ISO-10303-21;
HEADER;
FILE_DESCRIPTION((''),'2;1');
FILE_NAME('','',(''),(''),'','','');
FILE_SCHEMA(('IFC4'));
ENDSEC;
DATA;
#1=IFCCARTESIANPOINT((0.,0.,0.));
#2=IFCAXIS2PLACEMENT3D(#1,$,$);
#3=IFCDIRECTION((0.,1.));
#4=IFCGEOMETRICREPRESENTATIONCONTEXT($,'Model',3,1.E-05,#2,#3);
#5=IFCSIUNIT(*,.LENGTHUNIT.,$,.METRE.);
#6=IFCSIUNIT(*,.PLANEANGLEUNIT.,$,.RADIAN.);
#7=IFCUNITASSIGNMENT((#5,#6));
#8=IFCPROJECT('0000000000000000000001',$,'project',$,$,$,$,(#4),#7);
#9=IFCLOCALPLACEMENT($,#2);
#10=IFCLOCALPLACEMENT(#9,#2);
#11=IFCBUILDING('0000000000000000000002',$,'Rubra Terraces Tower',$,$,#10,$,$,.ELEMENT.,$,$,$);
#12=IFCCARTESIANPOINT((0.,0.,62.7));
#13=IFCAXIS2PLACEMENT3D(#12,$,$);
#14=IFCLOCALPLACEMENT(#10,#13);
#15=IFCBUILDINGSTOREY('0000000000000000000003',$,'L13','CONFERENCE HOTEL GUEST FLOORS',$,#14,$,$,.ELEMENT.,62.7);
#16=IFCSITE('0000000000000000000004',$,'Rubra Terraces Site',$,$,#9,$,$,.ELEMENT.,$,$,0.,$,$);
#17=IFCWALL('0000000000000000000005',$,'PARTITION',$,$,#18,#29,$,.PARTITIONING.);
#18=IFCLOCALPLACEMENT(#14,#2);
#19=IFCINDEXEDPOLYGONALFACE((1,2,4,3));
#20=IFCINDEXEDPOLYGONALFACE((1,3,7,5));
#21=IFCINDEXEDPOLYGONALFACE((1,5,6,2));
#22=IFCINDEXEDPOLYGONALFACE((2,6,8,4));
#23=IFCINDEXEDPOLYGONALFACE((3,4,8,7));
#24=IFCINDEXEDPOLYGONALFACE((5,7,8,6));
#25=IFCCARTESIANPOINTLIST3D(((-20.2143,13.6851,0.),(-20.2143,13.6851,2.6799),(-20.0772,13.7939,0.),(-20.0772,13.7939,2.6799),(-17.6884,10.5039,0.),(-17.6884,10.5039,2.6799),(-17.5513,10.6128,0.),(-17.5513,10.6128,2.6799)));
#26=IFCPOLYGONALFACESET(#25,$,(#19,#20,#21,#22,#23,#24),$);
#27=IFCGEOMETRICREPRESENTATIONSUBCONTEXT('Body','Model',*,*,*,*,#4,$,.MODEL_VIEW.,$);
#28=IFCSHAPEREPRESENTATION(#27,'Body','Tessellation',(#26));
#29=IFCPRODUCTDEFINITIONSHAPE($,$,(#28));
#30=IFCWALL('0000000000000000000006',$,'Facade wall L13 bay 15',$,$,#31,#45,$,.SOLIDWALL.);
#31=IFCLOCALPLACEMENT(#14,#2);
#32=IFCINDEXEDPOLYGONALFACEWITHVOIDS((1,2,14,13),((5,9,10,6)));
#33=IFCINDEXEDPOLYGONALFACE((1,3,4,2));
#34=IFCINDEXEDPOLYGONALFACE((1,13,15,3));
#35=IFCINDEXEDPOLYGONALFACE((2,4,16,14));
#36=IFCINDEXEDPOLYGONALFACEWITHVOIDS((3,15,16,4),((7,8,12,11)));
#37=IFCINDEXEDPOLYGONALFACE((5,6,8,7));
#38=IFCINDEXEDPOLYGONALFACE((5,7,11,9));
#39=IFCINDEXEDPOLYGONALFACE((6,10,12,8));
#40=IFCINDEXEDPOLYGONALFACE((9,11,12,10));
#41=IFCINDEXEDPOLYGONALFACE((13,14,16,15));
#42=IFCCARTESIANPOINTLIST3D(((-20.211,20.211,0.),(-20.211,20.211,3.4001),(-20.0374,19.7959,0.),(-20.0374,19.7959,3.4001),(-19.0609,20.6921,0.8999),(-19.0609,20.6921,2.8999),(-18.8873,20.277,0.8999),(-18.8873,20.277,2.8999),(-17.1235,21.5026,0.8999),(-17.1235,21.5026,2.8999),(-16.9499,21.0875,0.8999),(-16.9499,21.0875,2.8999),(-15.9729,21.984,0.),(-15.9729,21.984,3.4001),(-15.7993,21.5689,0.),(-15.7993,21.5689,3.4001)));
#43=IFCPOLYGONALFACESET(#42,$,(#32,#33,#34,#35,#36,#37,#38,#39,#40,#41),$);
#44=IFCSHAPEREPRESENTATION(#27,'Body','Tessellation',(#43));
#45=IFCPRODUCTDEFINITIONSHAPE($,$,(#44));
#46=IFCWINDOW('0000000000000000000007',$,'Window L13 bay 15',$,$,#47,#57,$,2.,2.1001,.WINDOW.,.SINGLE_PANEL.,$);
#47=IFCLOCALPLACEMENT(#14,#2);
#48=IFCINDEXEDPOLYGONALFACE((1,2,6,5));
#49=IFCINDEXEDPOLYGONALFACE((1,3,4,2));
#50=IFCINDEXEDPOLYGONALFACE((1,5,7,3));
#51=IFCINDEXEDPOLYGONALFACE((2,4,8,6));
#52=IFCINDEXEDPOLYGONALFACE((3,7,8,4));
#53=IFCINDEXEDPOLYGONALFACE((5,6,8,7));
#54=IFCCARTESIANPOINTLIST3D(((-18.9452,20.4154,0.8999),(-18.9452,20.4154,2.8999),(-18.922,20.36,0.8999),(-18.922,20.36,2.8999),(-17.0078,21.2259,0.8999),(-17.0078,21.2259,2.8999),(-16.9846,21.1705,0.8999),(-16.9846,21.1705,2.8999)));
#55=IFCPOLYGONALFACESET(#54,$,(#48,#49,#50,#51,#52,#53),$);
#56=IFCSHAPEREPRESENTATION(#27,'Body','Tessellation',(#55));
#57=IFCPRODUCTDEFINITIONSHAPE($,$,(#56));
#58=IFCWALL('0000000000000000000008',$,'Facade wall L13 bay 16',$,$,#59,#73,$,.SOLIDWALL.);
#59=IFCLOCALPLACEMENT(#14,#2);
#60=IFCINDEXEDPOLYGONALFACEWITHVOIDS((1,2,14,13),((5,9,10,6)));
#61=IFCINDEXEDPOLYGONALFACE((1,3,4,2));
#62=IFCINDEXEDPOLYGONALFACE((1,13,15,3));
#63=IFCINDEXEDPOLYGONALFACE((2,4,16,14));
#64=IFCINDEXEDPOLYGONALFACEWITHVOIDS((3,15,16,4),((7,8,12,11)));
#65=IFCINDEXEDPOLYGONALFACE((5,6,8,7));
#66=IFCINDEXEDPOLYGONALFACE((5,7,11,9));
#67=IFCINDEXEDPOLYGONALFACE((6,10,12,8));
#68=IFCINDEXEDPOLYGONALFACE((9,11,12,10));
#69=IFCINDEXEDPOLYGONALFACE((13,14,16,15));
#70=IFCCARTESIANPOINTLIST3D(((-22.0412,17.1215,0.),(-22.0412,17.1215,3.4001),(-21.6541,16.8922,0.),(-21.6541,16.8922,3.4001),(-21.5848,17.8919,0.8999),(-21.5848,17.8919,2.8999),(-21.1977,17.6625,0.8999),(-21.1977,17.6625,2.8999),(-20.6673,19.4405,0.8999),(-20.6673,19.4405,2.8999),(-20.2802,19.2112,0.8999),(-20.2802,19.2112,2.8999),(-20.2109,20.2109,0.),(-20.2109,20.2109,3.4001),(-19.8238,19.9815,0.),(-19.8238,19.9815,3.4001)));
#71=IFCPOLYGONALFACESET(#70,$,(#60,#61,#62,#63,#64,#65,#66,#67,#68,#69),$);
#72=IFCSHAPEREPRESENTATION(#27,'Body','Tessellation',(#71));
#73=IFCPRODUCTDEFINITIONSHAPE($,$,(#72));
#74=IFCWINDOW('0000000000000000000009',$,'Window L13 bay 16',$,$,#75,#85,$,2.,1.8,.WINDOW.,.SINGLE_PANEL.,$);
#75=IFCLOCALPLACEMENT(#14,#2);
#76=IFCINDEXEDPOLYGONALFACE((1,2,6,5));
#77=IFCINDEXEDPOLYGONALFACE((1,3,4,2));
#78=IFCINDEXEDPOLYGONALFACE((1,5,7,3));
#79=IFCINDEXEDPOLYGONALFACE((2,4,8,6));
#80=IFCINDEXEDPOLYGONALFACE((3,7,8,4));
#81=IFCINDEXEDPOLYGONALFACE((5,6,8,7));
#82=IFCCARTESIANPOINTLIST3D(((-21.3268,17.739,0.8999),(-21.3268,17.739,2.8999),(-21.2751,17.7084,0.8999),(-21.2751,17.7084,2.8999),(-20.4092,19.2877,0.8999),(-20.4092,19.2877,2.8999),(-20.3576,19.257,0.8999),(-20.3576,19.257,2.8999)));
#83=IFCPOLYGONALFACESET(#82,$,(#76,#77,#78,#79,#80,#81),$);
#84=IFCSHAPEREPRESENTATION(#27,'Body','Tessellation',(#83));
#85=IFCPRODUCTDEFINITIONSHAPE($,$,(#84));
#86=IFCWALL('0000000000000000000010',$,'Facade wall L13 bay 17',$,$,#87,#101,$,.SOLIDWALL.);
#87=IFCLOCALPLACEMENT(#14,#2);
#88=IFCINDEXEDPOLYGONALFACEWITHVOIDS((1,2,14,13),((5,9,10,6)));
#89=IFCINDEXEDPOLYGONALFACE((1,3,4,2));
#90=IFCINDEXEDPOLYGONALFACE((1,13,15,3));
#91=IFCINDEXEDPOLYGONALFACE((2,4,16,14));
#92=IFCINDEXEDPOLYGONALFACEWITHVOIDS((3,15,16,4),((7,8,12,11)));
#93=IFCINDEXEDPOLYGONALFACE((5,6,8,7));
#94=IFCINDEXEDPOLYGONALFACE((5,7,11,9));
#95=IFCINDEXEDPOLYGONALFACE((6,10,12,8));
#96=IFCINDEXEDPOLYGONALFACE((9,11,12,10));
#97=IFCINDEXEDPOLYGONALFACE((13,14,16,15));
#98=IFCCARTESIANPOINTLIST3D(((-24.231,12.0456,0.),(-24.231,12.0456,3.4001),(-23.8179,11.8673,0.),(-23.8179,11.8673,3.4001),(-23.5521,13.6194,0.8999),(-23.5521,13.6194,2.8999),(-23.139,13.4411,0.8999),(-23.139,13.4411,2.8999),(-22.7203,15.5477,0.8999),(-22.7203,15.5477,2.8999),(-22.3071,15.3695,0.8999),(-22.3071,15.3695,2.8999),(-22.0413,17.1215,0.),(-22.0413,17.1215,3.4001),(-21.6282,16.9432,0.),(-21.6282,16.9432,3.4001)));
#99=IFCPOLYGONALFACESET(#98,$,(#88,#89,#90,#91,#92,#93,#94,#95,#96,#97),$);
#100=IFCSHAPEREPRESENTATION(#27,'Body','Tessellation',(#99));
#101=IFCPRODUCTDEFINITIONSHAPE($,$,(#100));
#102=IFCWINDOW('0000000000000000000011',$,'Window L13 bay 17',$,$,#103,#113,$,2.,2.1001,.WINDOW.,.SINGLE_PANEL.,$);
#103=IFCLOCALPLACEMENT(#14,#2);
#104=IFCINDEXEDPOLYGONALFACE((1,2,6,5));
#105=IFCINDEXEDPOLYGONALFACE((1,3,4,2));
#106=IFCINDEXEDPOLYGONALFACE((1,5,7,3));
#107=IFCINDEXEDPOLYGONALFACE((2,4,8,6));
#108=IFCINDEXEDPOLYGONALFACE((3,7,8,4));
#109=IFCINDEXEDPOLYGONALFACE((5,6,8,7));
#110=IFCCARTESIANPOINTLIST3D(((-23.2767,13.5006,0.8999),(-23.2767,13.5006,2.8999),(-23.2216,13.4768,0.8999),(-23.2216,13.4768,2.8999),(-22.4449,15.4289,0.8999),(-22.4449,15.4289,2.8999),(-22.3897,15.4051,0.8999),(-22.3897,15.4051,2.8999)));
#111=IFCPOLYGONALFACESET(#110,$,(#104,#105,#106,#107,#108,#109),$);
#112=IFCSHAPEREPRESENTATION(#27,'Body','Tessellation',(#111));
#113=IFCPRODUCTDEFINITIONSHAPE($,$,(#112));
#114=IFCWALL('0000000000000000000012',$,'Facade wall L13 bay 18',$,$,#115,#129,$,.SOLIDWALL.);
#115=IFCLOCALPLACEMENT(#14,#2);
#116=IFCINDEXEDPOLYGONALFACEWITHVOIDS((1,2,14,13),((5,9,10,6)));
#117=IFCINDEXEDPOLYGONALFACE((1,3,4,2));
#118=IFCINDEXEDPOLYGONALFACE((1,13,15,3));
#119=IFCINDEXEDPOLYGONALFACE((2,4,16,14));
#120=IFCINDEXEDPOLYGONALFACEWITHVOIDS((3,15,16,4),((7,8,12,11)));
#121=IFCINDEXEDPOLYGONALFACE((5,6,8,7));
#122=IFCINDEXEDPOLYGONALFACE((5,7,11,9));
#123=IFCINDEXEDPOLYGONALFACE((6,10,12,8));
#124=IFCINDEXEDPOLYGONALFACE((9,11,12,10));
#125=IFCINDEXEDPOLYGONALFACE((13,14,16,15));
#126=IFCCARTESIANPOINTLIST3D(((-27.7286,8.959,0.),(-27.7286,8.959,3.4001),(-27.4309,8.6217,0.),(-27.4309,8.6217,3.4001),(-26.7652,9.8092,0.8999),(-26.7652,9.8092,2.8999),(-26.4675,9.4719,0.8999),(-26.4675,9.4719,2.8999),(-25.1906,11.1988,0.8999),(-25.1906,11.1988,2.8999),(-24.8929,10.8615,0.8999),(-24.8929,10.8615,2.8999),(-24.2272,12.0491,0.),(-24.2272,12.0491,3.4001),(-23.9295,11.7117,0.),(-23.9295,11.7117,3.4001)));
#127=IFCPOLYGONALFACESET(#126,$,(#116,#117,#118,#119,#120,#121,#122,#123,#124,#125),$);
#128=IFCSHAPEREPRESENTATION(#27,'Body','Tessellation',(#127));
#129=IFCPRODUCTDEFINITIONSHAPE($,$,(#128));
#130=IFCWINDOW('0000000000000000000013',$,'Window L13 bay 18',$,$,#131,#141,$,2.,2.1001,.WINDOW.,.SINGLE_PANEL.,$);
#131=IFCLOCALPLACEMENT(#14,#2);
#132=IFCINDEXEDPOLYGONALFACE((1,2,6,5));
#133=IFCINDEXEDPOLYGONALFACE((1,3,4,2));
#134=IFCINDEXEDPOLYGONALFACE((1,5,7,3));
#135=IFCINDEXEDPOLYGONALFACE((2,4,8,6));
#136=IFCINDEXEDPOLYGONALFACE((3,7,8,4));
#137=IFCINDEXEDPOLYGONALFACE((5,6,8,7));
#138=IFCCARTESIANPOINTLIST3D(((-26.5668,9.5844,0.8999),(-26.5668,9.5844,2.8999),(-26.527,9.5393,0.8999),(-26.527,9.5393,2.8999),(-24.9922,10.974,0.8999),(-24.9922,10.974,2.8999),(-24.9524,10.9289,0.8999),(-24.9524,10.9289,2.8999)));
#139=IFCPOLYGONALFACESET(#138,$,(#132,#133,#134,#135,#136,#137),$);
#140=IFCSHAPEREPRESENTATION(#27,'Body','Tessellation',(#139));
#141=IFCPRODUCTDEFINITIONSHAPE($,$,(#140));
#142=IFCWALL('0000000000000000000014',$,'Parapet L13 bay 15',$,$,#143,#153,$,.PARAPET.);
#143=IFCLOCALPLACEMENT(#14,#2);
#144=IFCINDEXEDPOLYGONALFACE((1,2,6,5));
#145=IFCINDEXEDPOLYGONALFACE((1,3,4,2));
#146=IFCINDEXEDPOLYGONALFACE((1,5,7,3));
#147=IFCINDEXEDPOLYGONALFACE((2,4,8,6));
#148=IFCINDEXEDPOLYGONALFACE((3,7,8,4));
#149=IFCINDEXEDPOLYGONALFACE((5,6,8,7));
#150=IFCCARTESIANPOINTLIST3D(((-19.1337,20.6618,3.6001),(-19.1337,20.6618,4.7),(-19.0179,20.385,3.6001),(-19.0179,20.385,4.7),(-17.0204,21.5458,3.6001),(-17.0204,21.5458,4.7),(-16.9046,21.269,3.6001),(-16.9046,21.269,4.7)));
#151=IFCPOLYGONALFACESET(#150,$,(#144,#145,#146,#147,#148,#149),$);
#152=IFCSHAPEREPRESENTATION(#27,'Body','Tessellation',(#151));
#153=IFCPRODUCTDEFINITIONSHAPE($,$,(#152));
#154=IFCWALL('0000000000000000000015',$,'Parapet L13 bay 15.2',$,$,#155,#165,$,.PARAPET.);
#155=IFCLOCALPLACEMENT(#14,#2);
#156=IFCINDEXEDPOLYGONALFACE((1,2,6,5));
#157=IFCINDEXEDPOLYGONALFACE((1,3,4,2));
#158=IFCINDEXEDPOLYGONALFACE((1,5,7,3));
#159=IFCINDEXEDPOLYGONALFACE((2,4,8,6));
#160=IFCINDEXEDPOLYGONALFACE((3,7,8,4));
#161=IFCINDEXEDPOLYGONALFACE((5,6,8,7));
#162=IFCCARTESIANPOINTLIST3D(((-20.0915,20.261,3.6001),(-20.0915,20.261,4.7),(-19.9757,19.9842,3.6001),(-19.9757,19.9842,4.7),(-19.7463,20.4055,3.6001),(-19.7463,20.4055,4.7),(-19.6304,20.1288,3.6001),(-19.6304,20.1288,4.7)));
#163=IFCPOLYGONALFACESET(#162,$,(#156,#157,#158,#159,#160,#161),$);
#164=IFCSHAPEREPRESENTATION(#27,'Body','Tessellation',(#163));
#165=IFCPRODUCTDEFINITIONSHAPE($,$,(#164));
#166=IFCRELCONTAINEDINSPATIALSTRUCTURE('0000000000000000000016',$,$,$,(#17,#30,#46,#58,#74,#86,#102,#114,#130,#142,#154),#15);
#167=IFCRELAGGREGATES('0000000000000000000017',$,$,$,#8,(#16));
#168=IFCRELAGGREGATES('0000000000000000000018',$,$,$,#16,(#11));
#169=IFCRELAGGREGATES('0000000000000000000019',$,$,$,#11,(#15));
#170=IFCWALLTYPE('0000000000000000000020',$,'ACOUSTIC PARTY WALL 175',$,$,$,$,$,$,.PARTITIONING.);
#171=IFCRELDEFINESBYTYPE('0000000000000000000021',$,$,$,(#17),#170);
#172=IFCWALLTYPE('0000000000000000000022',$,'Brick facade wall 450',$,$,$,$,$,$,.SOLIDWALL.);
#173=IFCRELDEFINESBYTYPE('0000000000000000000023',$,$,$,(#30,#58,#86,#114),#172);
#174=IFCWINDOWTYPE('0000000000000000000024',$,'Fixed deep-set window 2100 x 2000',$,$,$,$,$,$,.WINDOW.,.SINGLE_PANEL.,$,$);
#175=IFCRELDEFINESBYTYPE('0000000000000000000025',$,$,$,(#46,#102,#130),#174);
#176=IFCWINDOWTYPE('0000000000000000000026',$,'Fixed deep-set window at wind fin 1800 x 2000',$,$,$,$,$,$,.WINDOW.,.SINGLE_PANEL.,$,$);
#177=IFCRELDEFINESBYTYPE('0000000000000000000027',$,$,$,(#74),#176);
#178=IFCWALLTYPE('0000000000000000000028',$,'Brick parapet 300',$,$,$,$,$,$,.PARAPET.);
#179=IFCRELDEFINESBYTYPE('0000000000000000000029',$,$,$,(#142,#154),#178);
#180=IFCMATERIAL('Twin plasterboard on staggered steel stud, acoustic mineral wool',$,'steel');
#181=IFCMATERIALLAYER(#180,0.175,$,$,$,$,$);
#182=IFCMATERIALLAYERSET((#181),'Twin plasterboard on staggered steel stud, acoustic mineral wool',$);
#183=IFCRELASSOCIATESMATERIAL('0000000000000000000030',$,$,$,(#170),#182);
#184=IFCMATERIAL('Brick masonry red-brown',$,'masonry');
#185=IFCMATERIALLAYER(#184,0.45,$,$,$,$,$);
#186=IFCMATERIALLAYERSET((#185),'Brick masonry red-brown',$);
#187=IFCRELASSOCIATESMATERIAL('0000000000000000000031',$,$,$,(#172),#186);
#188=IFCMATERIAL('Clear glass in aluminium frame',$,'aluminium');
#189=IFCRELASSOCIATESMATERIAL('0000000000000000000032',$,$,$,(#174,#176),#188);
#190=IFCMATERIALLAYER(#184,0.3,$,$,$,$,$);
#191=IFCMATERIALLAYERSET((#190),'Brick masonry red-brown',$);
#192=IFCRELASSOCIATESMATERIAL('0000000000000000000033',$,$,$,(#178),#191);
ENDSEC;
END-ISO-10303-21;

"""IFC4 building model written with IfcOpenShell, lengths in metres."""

from ifc_helpers import new_model, si_unit, direction, frame, frame_2d, origin, place, context, subcontext, project, spatial, rectangle, extrude, material, layer, layer_set, type_object, element, fill, save


model = new_model("IFC4")

# Units and contexts
model_context = context("Model", 3, precision=1e-05, world=origin(), true_north=direction((0.0, 1.0)))
body_context = subcontext(model_context, "Body", "Model", "MODEL_VIEW")
ifc_project = project(units=[si_unit("LENGTHUNIT", "METRE"), si_unit("PLANEANGLEUNIT", "RADIAN")], contexts=[model_context])

# Site, building, storey
site_placement = place(None, origin())
site = spatial("IfcSite", under=ifc_project, at=site_placement, Name="Rubra Terraces Site", CompositionType="ELEMENT", RefElevation=0.0)
building_placement = place(site_placement, origin())
building = spatial("IfcBuilding", under=site, at=building_placement, Name="Rubra Terraces Tower", CompositionType="ELEMENT")
storey_placement = place(building_placement, frame((0.0, 0.0, 62.7)))
storey = spatial("IfcBuildingStorey", under=building, at=storey_placement, Name="L13", Description="CONFERENCE HOTEL GUEST FLOORS", CompositionType="ELEMENT", Elevation=62.7)

# Wall
ifc_material_1 = material(Name="Twin plasterboard on staggered steel stud, acoustic mineral wool", Category="steel")
ifc_layer_1 = layer(ifc_material_1, 0.175)
ifc_layer_set_1 = layer_set([ifc_layer_1], Name="Twin plasterboard on staggered steel stud, acoustic mineral wool")
wall_type_1 = type_object("IfcWallType", Name="ACOUSTIC PARTY WALL 175", PredefinedType="PARTITIONING", material=ifc_layer_set_1)
wall_1_placement = place(storey_placement, frame((-20.1458, 13.7395, 0.0), z_axis=(0.0, 0.0, 1.0), x_axis=(0.621832, -0.78315, 0.0)))
element("IfcWall", 1, at=wall_1_placement, inside=storey, type_object=wall_type_1, Name="PARTITION", PredefinedType="PARTITIONING", context=body_context, shape_type="SweptSolid", body=[
    extrude(rectangle(XDim=4.062, YDim=0.175, at=frame_2d((2.031, 0.0))), origin(), (0.0, 0.0, 1.0), 2.6799),
])

# Walls, openings, windows
ifc_material_2 = material(Name="Brick masonry red-brown", Category="masonry")
ifc_layer_2 = layer(ifc_material_2, 0.45)
ifc_layer_set_2 = layer_set([ifc_layer_2], Name="Brick masonry red-brown")
wall_type_2 = type_object("IfcWallType", Name="Brick facade wall 450", PredefinedType="SOLIDWALL", material=ifc_layer_set_2)
wall_2_placement = place(storey_placement, frame((-15.8862, 21.7764, 0.0), z_axis=(0.0, 0.0, 1.0), x_axis=(-0.922527, -0.385932, 0.0)))
wall_2 = element("IfcWall", 2, at=wall_2_placement, inside=storey, type_object=wall_type_2, Name="Facade wall L13 bay 15", PredefinedType="SOLIDWALL", context=body_context, shape_type="SweptSolid", body=[
    extrude(rectangle(XDim=4.594, YDim=0.45, at=frame_2d((2.2969, 0.0))), origin(), (0.0, 0.0, 1.0), 3.4001),
])
opening_1_placement = place(wall_2_placement, frame((1.2471, 0.0, 0.8999)))
opening_1 = element("IfcOpeningElement", 3, at=opening_1_placement, cuts=wall_2, PredefinedType="OPENING", context=body_context, shape_type="SweptSolid", body=[
    extrude(rectangle(XDim=2.1001, YDim=2.0, at=frame_2d((1.05, 1.0))), frame((0.0, 0.2349, 0.0), z_axis=(0.0, -1.0, 0.0), x_axis=(1.0, 0.0, 0.0)), (0.0, 0.0, 1.0), 0.47),
])
ifc_material_3 = material(Name="Clear glass in aluminium frame", Category="aluminium")
window_type_1 = type_object("IfcWindowType", Name="Fixed deep-set window 2100 x 2000", PartitioningType="SINGLE_PANEL", PredefinedType="WINDOW", material=ifc_material_3)
window_1_placement = place(opening_1_placement, origin())
window_1 = element("IfcWindow", 4, at=window_1_placement, inside=storey, type_object=window_type_1, Name="Window L13 bay 15", OverallHeight=2.0, OverallWidth=2.1001, PartitioningType="SINGLE_PANEL", PredefinedType="WINDOW", context=body_context, shape_type="SweptSolid", body=[
    extrude(rectangle(XDim=2.1001, YDim=2.0, at=frame_2d((1.05, 1.0))), frame((0.0, 0.135, 0.0), z_axis=(0.0, -1.0, 0.0), x_axis=(1.0, 0.0, 0.0)), (0.0, 0.0, 1.0), 0.0601),
])
fill(opening_1, window_1)
wall_3_placement = place(storey_placement, frame((-20.0173, 20.0962, 0.0), z_axis=(0.0, 0.0, 1.0), x_axis=(-0.509719, -0.860341, 0.0)))
wall_3 = element("IfcWall", 5, at=wall_3_placement, inside=storey, type_object=wall_type_2, Name="Facade wall L13 bay 16", PredefinedType="SOLIDWALL", context=body_context, shape_type="SweptSolid", body=[
    extrude(rectangle(XDim=3.5908, YDim=0.45, at=frame_2d((1.7954, 0.0))), origin(), (0.0, 0.0, 1.0), 3.4001),
])
opening_2_placement = place(wall_3_placement, frame((0.8955, 0.0, 0.8999)))
opening_2 = element("IfcOpeningElement", 6, at=opening_2_placement, cuts=wall_3, PredefinedType="OPENING", context=body_context, shape_type="SweptSolid", body=[
    extrude(rectangle(XDim=1.8, YDim=2.0, at=frame_2d((0.8999, 1.0))), frame((0.0, 0.2349, 0.0), z_axis=(0.0, -1.0, 0.0), x_axis=(1.0, 0.0, 0.0)), (0.0, 0.0, 1.0), 0.47),
])
window_type_2 = type_object("IfcWindowType", Name="Fixed deep-set window at wind fin 1800 x 2000", PartitioningType="SINGLE_PANEL", PredefinedType="WINDOW", material=ifc_material_3)
window_2_placement = place(opening_2_placement, origin())
window_2 = element("IfcWindow", 7, at=window_2_placement, inside=storey, type_object=window_type_2, Name="Window L13 bay 16", OverallHeight=2.0, OverallWidth=1.8, PartitioningType="SINGLE_PANEL", PredefinedType="WINDOW", context=body_context, shape_type="SweptSolid", body=[
    extrude(rectangle(XDim=1.8, YDim=2.0, at=frame_2d((0.8999, 1.0))), frame((0.0, 0.135, 0.0), z_axis=(0.0, -1.0, 0.0), x_axis=(1.0, 0.0, 0.0)), (0.0, 0.0, 1.0), 0.0601),
])
fill(opening_2, window_2)
wall_4_placement = place(storey_placement, frame((-21.8347, 17.0325, 0.0), z_axis=(0.0, 0.0, 1.0), x_axis=(-0.396104, -0.918206, 0.0)))
wall_4 = element("IfcWall", 8, at=wall_4_placement, inside=storey, type_object=wall_type_2, Name="Facade wall L13 bay 17", PredefinedType="SOLIDWALL", context=body_context, shape_type="SweptSolid", body=[
    extrude(rectangle(XDim=5.5281, YDim=0.45, at=frame_2d((2.7642, 0.0))), origin(), (0.0, 0.0, 1.0), 3.4001),
])
opening_3_placement = place(wall_4_placement, frame((1.7141, 0.0, 0.8999)))
opening_3 = element("IfcOpeningElement", 9, at=opening_3_placement, cuts=wall_4, PredefinedType="OPENING", context=body_context, shape_type="SweptSolid", body=[
    extrude(rectangle(XDim=2.1001, YDim=2.0, at=frame_2d((1.05, 1.0))), frame((0.0, 0.2349, 0.0), z_axis=(0.0, -1.0, 0.0), x_axis=(1.0, 0.0, 0.0)), (0.0, 0.0, 1.0), 0.47),
])
window_3_placement = place(opening_3_placement, origin())
window_3 = element("IfcWindow", 10, at=window_3_placement, inside=storey, type_object=window_type_1, Name="Window L13 bay 17", OverallHeight=2.0, OverallWidth=2.1001, PartitioningType="SINGLE_PANEL", PredefinedType="WINDOW", context=body_context, shape_type="SweptSolid", body=[
    extrude(rectangle(XDim=2.1001, YDim=2.0, at=frame_2d((1.05, 1.0))), frame((0.0, 0.135, 0.0), z_axis=(0.0, -1.0, 0.0), x_axis=(1.0, 0.0, 0.0)), (0.0, 0.0, 1.0), 0.0601),
])
fill(opening_3, window_3)
wall_5_placement = place(storey_placement, frame((-24.0784, 11.8804, 0.0), z_axis=(0.0, 0.0, 1.0), x_axis=(-0.749778, -0.661689, 0.0)))
wall_5 = element("IfcWall", 11, at=wall_5_placement, inside=storey, type_object=wall_type_2, Name="Facade wall L13 bay 18", PredefinedType="SOLIDWALL", context=body_context, shape_type="SweptSolid", body=[
    extrude(rectangle(XDim=4.6699, YDim=0.45, at=frame_2d((2.335, 0.0))), origin(), (0.0, 0.0, 1.0), 3.4001),
])
opening_4_placement = place(wall_5_placement, frame((1.2849, 0.0, 0.8999)))
opening_4 = element("IfcOpeningElement", 12, at=opening_4_placement, cuts=wall_5, PredefinedType="OPENING", context=body_context, shape_type="SweptSolid", body=[
    extrude(rectangle(XDim=2.1001, YDim=2.0, at=frame_2d((1.05, 1.0))), frame((0.0, 0.2349, 0.0), z_axis=(0.0, -1.0, 0.0), x_axis=(1.0, 0.0, 0.0)), (0.0, 0.0, 1.0), 0.47),
])
window_4_placement = place(opening_4_placement, origin())
window_4 = element("IfcWindow", 13, at=window_4_placement, inside=storey, type_object=window_type_1, Name="Window L13 bay 18", OverallHeight=2.0, OverallWidth=2.1001, PartitioningType="SINGLE_PANEL", PredefinedType="WINDOW", context=body_context, shape_type="SweptSolid", body=[
    extrude(rectangle(XDim=2.1001, YDim=2.0, at=frame_2d((1.05, 1.0))), frame((0.0, 0.135, 0.0), z_axis=(0.0, -1.0, 0.0), x_axis=(1.0, 0.0, 0.0)), (0.0, 0.0, 1.0), 0.0601),
])
fill(opening_4, window_4)

# Walls
ifc_layer_3 = layer(ifc_material_2, 0.3)
ifc_layer_set_3 = layer_set([ifc_layer_3], Name="Brick masonry red-brown")
wall_type_3 = type_object("IfcWallType", Name="Brick parapet 300", PredefinedType="PARAPET", material=ifc_layer_set_3)
wall_6_placement = place(storey_placement, frame((-16.9624, 21.4075, 3.6001), z_axis=(0.0, 0.0, 1.0), x_axis=(-0.922534, -0.385917, 0.0)))
element("IfcWall", 14, at=wall_6_placement, inside=storey, type_object=wall_type_3, Name="Parapet L13 bay 15", PredefinedType="PARAPET", context=body_context, shape_type="SweptSolid", body=[
    extrude(rectangle(XDim=2.2908, YDim=0.3, at=frame_2d((1.1455, 0.0))), origin(), (0.0, 0.0, 1.0), 1.0999),
])
wall_7_placement = place(storey_placement, frame((-19.6885, 20.2671, 3.6001), z_axis=(0.0, 0.0, 1.0), x_axis=(-0.922419, -0.38619, 0.0)))
element("IfcWall", 15, at=wall_7_placement, inside=storey, type_object=wall_type_3, Name="Parapet L13 bay 15.2", PredefinedType="PARAPET", context=body_context, shape_type="SweptSolid", body=[
    extrude(rectangle(XDim=0.3743, YDim=0.3, at=frame_2d((0.187, 0.0))), origin(), (0.0, 0.0, 1.0), 1.0999),
])

save(model, "model.ifc")
